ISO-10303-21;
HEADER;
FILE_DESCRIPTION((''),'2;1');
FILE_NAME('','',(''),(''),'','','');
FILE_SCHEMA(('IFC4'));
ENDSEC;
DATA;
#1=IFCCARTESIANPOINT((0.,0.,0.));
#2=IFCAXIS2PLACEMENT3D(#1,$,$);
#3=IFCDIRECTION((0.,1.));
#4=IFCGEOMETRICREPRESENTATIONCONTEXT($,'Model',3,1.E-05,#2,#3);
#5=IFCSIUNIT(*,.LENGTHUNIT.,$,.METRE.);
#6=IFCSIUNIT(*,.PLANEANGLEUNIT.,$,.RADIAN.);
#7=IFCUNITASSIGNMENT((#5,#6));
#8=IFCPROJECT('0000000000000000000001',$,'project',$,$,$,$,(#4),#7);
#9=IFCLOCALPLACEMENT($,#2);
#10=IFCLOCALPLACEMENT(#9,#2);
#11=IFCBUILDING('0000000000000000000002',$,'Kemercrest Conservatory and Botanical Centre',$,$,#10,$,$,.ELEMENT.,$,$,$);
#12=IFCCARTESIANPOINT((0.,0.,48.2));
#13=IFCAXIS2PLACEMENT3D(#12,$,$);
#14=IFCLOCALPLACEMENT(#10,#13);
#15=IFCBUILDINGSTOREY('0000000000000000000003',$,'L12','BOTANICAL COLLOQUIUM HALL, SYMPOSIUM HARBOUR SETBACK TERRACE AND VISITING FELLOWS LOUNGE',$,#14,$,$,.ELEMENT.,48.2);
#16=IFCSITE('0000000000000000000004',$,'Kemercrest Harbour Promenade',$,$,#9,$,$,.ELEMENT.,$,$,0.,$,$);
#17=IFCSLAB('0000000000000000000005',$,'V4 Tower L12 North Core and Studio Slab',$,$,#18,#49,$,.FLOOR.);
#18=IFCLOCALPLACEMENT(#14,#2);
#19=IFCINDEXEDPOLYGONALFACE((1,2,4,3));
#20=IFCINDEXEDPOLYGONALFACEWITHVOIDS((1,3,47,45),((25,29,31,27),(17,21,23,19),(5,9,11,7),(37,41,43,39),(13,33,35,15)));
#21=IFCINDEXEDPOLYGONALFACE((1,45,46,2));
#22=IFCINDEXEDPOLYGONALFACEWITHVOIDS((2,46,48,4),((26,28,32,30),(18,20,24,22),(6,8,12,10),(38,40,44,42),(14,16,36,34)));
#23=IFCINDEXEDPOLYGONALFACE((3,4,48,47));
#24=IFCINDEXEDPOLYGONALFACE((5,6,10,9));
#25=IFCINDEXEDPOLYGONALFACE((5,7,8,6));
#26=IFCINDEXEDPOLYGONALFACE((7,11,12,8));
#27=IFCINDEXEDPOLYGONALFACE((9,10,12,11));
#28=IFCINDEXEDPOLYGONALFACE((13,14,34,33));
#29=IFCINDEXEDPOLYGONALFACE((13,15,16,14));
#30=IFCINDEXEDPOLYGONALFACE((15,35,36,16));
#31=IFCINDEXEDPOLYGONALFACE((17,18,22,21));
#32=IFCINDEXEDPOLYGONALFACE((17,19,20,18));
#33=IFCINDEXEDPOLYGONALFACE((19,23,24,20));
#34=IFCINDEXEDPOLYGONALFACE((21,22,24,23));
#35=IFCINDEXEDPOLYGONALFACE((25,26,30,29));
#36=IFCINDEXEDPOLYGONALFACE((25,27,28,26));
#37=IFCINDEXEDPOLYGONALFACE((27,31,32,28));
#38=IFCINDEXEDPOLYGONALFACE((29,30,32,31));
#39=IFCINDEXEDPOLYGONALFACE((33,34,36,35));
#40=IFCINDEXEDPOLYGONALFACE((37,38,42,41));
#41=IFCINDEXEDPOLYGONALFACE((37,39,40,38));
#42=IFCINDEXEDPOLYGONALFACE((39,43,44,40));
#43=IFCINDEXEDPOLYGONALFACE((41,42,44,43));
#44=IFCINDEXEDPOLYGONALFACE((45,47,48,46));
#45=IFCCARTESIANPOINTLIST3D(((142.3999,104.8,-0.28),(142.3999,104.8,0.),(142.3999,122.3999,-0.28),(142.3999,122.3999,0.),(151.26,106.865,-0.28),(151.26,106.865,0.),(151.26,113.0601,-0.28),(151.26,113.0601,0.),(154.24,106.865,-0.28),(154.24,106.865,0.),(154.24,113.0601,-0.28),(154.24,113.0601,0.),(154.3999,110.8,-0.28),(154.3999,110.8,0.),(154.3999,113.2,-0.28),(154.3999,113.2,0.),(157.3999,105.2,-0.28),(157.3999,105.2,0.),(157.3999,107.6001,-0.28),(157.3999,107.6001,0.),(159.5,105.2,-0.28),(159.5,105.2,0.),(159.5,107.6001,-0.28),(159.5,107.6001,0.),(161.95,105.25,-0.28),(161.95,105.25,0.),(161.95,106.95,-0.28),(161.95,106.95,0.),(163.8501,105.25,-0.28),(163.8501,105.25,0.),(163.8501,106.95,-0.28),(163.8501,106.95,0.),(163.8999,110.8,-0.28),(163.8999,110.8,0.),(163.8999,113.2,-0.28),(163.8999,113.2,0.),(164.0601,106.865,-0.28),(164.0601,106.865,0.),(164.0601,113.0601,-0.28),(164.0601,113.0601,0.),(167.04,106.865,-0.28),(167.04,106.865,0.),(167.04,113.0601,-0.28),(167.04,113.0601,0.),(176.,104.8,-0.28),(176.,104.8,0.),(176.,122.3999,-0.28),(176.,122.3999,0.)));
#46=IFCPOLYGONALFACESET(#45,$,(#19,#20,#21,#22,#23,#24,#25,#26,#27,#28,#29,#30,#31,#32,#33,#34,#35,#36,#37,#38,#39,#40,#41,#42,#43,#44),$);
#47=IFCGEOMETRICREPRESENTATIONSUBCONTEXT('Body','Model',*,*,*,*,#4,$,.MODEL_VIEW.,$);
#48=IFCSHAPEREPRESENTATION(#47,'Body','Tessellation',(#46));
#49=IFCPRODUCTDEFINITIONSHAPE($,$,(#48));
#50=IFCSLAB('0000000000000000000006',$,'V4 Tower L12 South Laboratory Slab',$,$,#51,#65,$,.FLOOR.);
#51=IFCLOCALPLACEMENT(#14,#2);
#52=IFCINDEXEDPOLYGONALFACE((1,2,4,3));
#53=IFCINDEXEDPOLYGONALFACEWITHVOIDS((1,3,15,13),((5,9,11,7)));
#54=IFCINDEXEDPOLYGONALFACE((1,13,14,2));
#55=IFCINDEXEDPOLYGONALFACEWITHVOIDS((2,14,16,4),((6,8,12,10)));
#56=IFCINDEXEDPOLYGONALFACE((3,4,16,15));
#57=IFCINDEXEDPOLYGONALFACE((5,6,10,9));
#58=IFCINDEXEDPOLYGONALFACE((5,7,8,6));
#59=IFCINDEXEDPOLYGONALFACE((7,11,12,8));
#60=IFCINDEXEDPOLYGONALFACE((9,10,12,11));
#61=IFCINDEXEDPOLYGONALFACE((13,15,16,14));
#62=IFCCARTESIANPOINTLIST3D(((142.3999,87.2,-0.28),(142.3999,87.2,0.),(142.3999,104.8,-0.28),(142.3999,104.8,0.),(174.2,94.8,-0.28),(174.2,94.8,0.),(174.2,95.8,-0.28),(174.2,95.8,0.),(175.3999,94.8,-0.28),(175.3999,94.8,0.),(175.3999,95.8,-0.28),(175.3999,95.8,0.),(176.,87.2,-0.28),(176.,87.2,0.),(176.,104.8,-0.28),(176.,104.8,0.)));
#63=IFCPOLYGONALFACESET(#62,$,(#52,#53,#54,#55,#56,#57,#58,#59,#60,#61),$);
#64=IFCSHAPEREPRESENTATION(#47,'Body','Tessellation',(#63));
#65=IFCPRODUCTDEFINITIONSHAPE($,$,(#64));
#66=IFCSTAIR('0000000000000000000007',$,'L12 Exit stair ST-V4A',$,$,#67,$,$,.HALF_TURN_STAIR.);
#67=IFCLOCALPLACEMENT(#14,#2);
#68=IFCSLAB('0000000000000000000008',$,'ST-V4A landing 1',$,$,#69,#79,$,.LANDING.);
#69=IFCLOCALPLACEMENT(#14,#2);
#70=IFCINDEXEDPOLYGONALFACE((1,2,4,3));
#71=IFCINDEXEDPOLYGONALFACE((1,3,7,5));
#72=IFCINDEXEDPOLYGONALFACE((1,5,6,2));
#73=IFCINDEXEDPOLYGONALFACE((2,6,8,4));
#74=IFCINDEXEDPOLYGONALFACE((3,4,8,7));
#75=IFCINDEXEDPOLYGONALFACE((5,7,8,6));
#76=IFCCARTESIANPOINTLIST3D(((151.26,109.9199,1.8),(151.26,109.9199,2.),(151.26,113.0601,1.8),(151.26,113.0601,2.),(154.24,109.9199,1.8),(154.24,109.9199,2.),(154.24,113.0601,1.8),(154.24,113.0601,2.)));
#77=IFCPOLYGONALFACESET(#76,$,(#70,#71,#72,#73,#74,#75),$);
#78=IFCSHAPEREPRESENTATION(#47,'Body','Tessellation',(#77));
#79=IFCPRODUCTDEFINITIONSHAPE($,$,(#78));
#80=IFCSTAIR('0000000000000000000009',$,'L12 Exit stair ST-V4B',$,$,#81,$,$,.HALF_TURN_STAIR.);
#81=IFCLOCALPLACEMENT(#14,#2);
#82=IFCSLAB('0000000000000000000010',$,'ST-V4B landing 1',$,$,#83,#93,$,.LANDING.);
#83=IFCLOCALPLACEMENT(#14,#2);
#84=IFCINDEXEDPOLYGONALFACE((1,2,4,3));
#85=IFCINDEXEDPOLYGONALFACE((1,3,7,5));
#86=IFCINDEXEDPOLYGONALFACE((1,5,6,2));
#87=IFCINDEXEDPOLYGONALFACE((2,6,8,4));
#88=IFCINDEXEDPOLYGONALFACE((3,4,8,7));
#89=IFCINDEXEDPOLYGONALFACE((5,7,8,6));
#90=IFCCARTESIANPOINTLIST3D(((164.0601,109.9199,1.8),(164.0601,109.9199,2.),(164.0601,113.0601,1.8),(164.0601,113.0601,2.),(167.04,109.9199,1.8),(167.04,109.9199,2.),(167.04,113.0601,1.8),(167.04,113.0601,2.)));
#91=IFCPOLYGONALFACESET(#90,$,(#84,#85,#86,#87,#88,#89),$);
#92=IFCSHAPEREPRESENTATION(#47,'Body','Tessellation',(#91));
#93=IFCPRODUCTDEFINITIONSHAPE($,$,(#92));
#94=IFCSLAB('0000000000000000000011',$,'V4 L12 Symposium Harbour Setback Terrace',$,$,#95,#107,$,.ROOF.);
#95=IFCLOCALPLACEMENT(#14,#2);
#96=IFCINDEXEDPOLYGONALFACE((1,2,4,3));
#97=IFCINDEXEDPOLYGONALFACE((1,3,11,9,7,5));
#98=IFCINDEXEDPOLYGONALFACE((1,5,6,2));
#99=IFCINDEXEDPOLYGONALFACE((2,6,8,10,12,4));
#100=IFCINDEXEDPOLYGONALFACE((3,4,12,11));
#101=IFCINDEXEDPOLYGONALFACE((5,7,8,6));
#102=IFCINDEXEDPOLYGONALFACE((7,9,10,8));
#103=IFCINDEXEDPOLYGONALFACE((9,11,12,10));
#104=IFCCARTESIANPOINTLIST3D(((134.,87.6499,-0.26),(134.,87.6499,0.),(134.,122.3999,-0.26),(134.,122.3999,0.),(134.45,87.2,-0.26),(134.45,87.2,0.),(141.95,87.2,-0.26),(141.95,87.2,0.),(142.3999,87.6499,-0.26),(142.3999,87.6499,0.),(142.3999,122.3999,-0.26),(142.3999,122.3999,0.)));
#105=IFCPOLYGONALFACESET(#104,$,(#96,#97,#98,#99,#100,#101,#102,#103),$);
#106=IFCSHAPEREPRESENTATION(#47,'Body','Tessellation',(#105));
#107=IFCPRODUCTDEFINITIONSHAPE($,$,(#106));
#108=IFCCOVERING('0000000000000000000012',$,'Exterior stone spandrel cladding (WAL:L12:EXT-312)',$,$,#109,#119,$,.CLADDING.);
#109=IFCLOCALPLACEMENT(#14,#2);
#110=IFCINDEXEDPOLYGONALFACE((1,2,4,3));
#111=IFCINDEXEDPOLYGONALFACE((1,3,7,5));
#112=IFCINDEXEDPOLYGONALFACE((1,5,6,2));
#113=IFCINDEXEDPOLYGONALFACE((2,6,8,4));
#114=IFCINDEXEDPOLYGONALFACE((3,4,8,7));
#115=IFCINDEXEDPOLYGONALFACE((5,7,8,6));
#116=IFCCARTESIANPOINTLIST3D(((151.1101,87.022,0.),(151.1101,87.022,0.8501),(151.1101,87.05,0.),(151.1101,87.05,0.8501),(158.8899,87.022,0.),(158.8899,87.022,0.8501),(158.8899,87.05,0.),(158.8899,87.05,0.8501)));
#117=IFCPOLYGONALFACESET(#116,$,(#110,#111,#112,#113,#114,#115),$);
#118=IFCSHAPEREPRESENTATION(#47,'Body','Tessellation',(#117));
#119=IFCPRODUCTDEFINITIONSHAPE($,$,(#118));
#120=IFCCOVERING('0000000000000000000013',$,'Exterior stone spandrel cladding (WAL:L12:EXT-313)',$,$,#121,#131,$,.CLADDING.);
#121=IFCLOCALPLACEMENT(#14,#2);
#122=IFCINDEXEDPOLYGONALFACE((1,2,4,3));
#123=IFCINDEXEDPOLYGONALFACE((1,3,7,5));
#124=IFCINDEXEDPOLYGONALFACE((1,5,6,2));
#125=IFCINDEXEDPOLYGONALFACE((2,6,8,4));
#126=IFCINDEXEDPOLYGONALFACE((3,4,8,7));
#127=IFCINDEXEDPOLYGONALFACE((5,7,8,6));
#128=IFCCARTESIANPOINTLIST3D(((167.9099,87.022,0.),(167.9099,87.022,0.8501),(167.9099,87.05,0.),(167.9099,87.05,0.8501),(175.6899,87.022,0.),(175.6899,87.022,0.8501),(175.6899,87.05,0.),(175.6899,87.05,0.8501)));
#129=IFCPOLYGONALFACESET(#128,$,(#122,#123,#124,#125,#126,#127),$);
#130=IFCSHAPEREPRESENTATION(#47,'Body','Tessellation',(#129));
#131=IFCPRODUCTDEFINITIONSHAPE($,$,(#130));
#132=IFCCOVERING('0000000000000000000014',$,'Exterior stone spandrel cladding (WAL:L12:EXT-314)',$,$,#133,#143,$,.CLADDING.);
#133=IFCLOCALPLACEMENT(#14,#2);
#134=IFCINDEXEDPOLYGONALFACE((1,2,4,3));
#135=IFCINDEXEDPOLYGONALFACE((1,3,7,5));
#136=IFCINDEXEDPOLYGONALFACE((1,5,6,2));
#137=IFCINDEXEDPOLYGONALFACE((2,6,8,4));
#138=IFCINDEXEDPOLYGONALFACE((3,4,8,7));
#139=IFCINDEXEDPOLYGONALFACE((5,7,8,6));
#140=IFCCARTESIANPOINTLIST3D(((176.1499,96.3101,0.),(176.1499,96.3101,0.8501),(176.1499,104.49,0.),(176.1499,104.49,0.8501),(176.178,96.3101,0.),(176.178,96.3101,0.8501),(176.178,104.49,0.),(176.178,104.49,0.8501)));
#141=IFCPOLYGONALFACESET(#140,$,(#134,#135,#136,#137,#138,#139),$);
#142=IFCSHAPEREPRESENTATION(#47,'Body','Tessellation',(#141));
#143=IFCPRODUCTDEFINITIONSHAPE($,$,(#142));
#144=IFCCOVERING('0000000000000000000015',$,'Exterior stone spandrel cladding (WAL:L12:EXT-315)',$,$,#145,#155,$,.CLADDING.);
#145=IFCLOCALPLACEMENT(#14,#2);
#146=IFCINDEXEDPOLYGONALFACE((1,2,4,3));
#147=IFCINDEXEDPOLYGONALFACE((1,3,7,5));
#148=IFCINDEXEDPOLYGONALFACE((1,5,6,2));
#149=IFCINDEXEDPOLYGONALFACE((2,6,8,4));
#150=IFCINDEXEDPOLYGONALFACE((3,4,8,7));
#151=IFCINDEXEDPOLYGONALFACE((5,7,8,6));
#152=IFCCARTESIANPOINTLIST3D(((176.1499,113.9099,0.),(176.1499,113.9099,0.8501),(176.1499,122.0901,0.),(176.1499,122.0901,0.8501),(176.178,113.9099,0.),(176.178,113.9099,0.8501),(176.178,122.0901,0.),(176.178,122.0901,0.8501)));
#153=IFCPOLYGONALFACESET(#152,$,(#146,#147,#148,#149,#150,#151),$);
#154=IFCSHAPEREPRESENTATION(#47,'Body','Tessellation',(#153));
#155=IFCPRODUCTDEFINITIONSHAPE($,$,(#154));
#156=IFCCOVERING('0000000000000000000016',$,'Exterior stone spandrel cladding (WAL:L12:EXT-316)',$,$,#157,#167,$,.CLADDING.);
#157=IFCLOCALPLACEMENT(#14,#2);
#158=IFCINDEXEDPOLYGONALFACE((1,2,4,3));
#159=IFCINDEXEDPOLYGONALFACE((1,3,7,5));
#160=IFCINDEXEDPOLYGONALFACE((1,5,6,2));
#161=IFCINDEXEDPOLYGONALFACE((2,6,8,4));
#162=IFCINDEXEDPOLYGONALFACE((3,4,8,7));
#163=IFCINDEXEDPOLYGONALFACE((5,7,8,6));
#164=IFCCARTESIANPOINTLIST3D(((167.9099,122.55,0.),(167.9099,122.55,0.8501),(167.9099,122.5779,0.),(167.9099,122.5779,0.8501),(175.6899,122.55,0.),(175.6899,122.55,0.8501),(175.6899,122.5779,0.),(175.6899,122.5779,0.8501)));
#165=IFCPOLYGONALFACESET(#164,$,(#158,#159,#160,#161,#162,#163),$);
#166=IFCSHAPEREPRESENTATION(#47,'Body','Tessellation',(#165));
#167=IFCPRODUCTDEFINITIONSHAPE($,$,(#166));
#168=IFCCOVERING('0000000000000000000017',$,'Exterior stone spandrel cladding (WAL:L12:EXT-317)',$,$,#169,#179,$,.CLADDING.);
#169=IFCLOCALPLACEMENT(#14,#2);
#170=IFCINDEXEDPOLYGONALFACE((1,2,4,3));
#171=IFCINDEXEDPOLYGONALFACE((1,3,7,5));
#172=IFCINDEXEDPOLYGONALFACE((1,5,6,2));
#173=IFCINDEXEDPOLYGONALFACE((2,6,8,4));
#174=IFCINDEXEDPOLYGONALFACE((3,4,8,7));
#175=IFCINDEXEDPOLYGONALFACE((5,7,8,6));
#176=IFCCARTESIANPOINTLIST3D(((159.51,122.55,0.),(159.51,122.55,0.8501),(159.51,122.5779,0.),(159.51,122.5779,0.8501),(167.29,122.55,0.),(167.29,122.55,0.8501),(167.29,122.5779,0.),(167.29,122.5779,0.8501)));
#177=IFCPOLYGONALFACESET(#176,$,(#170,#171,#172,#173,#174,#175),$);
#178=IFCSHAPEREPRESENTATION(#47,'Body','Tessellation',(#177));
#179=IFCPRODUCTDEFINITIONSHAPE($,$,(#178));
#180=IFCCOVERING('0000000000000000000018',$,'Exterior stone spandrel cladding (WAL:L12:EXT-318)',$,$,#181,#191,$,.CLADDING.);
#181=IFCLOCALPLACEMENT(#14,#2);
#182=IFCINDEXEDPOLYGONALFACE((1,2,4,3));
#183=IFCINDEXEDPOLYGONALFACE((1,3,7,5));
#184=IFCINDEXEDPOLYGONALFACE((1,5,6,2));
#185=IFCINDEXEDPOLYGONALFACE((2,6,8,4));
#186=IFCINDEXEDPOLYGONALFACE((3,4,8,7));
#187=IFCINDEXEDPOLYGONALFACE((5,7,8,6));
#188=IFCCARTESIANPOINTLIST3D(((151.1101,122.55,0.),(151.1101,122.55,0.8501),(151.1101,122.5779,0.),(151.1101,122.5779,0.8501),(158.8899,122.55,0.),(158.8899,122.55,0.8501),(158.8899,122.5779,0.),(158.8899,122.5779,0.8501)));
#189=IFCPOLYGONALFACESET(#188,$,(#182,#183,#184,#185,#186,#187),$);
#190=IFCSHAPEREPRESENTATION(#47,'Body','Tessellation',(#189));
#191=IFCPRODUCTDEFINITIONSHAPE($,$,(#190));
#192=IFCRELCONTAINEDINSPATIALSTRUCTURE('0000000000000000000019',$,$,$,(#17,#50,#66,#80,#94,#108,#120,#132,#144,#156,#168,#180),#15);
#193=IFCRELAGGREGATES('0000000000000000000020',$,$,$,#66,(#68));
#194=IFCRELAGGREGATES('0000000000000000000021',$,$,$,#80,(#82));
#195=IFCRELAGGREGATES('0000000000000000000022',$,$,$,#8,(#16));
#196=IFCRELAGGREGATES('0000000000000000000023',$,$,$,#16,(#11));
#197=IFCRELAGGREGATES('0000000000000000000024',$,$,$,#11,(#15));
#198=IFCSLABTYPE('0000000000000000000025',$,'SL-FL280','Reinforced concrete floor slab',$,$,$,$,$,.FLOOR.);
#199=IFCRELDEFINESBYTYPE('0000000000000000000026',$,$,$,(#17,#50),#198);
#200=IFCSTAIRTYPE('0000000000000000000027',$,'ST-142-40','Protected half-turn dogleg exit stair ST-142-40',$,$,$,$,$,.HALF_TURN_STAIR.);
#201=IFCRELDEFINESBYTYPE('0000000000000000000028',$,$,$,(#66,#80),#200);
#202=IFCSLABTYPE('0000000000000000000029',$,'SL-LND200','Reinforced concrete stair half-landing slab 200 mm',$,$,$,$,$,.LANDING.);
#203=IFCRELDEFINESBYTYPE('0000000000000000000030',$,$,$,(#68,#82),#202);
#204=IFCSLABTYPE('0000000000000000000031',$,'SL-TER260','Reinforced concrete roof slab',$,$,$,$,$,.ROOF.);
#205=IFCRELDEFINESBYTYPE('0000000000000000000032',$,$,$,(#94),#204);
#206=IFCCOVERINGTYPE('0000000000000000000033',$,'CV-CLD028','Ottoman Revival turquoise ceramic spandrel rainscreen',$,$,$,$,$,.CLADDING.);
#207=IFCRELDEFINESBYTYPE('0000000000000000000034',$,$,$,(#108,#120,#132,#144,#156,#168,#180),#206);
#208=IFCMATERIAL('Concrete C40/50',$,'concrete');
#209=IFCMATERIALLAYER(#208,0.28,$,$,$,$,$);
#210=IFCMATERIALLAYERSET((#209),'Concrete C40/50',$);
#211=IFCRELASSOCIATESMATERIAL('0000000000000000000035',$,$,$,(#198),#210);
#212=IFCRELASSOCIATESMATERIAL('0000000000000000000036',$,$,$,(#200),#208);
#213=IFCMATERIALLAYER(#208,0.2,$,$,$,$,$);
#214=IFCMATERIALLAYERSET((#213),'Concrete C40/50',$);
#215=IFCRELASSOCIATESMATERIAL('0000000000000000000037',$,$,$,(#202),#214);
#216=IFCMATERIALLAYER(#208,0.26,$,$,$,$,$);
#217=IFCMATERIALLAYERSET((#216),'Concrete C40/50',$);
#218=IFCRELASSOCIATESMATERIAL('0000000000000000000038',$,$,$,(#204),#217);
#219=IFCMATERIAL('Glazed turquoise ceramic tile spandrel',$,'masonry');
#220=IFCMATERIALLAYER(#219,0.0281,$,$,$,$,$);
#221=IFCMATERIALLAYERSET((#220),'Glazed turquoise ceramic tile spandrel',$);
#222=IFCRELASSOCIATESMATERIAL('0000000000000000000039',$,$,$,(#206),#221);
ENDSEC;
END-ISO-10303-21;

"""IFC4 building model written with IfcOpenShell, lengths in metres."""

from ifc_helpers import new_model, si_unit, direction, frame, origin, place, context, subcontext, project, spatial, polyline, outline, extrude, material, layer, layer_set, type_object, element, aggregate, save


model = new_model("IFC4")

# Units and contexts
model_context = context("Model", 3, precision=1e-05, world=origin(), true_north=direction((0.0, 1.0)))
body_context = subcontext(model_context, "Body", "Model", "MODEL_VIEW")
ifc_project = project(units=[si_unit("LENGTHUNIT", "METRE"), si_unit("PLANEANGLEUNIT", "RADIAN")], contexts=[model_context])

# Site, building, storey
site_placement = place(None, origin())
site = spatial("IfcSite", under=ifc_project, at=site_placement, Name="Kemercrest Harbour Promenade", CompositionType="ELEMENT", RefElevation=0.0)
building_placement = place(site_placement, origin())
building = spatial("IfcBuilding", under=site, at=building_placement, Name="Kemercrest Conservatory and Botanical Centre", CompositionType="ELEMENT")
storey_placement = place(building_placement, frame((0.0, 0.0, 48.2)))
storey = spatial("IfcBuildingStorey", under=building, at=storey_placement, Name="L12", Description="BOTANICAL COLLOQUIUM HALL, SYMPOSIUM HARBOUR SETBACK TERRACE AND VISITING FELLOWS LOUNGE", CompositionType="ELEMENT", Elevation=48.2)

# Slabs
ifc_material_1 = material(Name="Concrete C40/50", Category="concrete")
ifc_layer_1 = layer(ifc_material_1, 0.28)
ifc_layer_set_1 = layer_set([ifc_layer_1], Name="Concrete C40/50")
slab_type_1 = type_object("IfcSlabType", Name="SL-FL280", Description="Reinforced concrete floor slab", PredefinedType="FLOOR", material=ifc_layer_set_1)
slab_1_placement = place(storey_placement, frame((0.0, 0.0, -0.28)))
element("IfcSlab", 1, at=slab_1_placement, inside=storey, type_object=slab_type_1, Name="V4 Tower L12 North Core and Studio Slab", PredefinedType="FLOOR", context=body_context, shape_type="SweptSolid", body=[
    extrude(outline(polyline([(142.3999, 122.3999), (142.3999, 104.8), (176.0, 104.8), (176.0, 122.3999), (142.3999, 122.3999)]), holes=[polyline([(164.0601, 106.865), (164.0601, 113.0601), (167.04, 113.0601), (167.04, 106.865), (164.0601, 106.865)]), polyline([(154.3999, 110.8), (154.3999, 113.2), (163.8999, 113.2), (163.8999, 110.8), (154.3999, 110.8)]), polyline([(161.95, 105.25), (161.95, 106.95), (163.8501, 106.95), (163.8501, 105.25), (161.95, 105.25)]), polyline([(157.3999, 105.2), (157.3999, 107.6001), (159.5, 107.6001), (159.5, 105.2), (157.3999, 105.2)]), polyline([(154.24, 106.865), (151.26, 106.865), (151.26, 113.0601), (154.24, 113.0601), (154.24, 106.865)])]), origin(), (0.0, 0.0, 1.0), 0.28),
])
slab_2_placement = place(storey_placement, frame((0.0, 0.0, -0.28)))
element("IfcSlab", 2, at=slab_2_placement, inside=storey, type_object=slab_type_1, Name="V4 Tower L12 South Laboratory Slab", PredefinedType="FLOOR", context=body_context, shape_type="SweptSolid", body=[
    extrude(outline(polyline([(142.3999, 104.8), (142.3999, 87.2), (176.0, 87.2), (176.0, 104.8), (142.3999, 104.8)]), holes=[polyline([(175.3999, 94.8), (174.2, 94.8), (174.2, 95.8), (175.3999, 95.8), (175.3999, 94.8)])]), origin(), (0.0, 0.0, 1.0), 0.28),
])

# Stairs, slabs
stair_type = type_object("IfcStairType", Name="ST-142-40", Description="Protected half-turn dogleg exit stair ST-142-40", PredefinedType="HALF_TURN_STAIR", material=ifc_material_1)
stair_1_placement = place(storey_placement, origin())
stair_1 = element("IfcStair", 3, at=stair_1_placement, inside=storey, type_object=stair_type, Name="L12 Exit stair ST-V4A", PredefinedType="HALF_TURN_STAIR")
ifc_layer_2 = layer(ifc_material_1, 0.2)
ifc_layer_set_2 = layer_set([ifc_layer_2], Name="Concrete C40/50")
slab_type_2 = type_object("IfcSlabType", Name="SL-LND200", Description="Reinforced concrete stair half-landing slab 200 mm", PredefinedType="LANDING", material=ifc_layer_set_2)
slab_3_placement = place(storey_placement, frame((0.0, 0.0, 1.8)))
slab_3 = element("IfcSlab", 4, at=slab_3_placement, type_object=slab_type_2, Name="ST-V4A landing 1", PredefinedType="LANDING", context=body_context, shape_type="SweptSolid", body=[
    extrude(outline(polyline([(154.24, 109.9199), (154.24, 113.0601), (151.26, 113.0601), (151.26, 109.9199), (154.24, 109.9199)])), origin(), (0.0, 0.0, 1.0), 0.2),
])
aggregate(stair_1, [slab_3])
stair_2_placement = place(storey_placement, origin())
stair_2 = element("IfcStair", 5, at=stair_2_placement, inside=storey, type_object=stair_type, Name="L12 Exit stair ST-V4B", PredefinedType="HALF_TURN_STAIR")
slab_4_placement = place(storey_placement, frame((0.0, 0.0, 1.8)))
slab_4 = element("IfcSlab", 6, at=slab_4_placement, type_object=slab_type_2, Name="ST-V4B landing 1", PredefinedType="LANDING", context=body_context, shape_type="SweptSolid", body=[
    extrude(outline(polyline([(167.04, 109.9199), (167.04, 113.0601), (164.0601, 113.0601), (164.0601, 109.9199), (167.04, 109.9199)])), origin(), (0.0, 0.0, 1.0), 0.2),
])
aggregate(stair_2, [slab_4])

# Slab
ifc_layer_3 = layer(ifc_material_1, 0.26)
ifc_layer_set_3 = layer_set([ifc_layer_3], Name="Concrete C40/50")
slab_type_3 = type_object("IfcSlabType", Name="SL-TER260", Description="Reinforced concrete roof slab", PredefinedType="ROOF", material=ifc_layer_set_3)
slab_5_placement = place(storey_placement, frame((0.0, 0.0, -0.26)))
element("IfcSlab", 7, at=slab_5_placement, inside=storey, type_object=slab_type_3, Name="V4 L12 Symposium Harbour Setback Terrace", PredefinedType="ROOF", context=body_context, shape_type="SweptSolid", body=[
    extrude(outline(polyline([(134.45, 87.2), (141.95, 87.2), (142.3999, 87.6499), (142.3999, 122.3999), (134.0, 122.3999), (134.0, 87.6499), (134.45, 87.2)])), origin(), (0.0, 0.0, 1.0), 0.26),
])

# Coverings
ifc_material_2 = material(Name="Glazed turquoise ceramic tile spandrel", Category="masonry")
ifc_layer_4 = layer(ifc_material_2, 0.0281)
ifc_layer_set_4 = layer_set([ifc_layer_4], Name="Glazed turquoise ceramic tile spandrel")
covering_type_1 = type_object("IfcCoveringType", Name="CV-CLD028", Description="Ottoman Revival turquoise ceramic spandrel rainscreen", PredefinedType="CLADDING", material=ifc_layer_set_4)
covering_1_placement = place(storey_placement, origin())
element("IfcCovering", 8, at=covering_1_placement, inside=storey, type_object=covering_type_1, Name="Exterior stone spandrel cladding (WAL:L12:EXT-312)", PredefinedType="CLADDING", context=body_context, shape_type="SweptSolid", body=[
    extrude(outline(polyline([(151.1101, 87.05), (151.1101, 87.022), (158.8899, 87.022), (158.8899, 87.05), (151.1101, 87.05)])), origin(), (0.0, 0.0, 1.0), 0.8501),
])
covering_2_placement = place(storey_placement, origin())
element("IfcCovering", 9, at=covering_2_placement, inside=storey, type_object=covering_type_1, Name="Exterior stone spandrel cladding (WAL:L12:EXT-313)", PredefinedType="CLADDING", context=body_context, shape_type="SweptSolid", body=[
    extrude(outline(polyline([(167.9099, 87.05), (167.9099, 87.022), (175.6899, 87.022), (175.6899, 87.05), (167.9099, 87.05)])), origin(), (0.0, 0.0, 1.0), 0.8501),
])
covering_3_placement = place(storey_placement, origin())
element("IfcCovering", 10, at=covering_3_placement, inside=storey, type_object=covering_type_1, Name="Exterior stone spandrel cladding (WAL:L12:EXT-314)", PredefinedType="CLADDING", context=body_context, shape_type="SweptSolid", body=[
    extrude(outline(polyline([(176.1499, 96.3101), (176.178, 96.3101), (176.178, 104.49), (176.1499, 104.49), (176.1499, 96.3101)])), origin(), (0.0, 0.0, 1.0), 0.8501),
])
covering_4_placement = place(storey_placement, origin())
element("IfcCovering", 11, at=covering_4_placement, inside=storey, type_object=covering_type_1, Name="Exterior stone spandrel cladding (WAL:L12:EXT-315)", PredefinedType="CLADDING", context=body_context, shape_type="SweptSolid", body=[
    extrude(outline(polyline([(176.1499, 113.9099), (176.178, 113.9099), (176.178, 122.0901), (176.1499, 122.0901), (176.1499, 113.9099)])), origin(), (0.0, 0.0, 1.0), 0.8501),
])
covering_5_placement = place(storey_placement, origin())
element("IfcCovering", 12, at=covering_5_placement, inside=storey, type_object=covering_type_1, Name="Exterior stone spandrel cladding (WAL:L12:EXT-316)", PredefinedType="CLADDING", context=body_context, shape_type="SweptSolid", body=[
    extrude(outline(polyline([(175.6899, 122.55), (175.6899, 122.5779), (167.9099, 122.5779), (167.9099, 122.55), (175.6899, 122.55)])), origin(), (0.0, 0.0, 1.0), 0.8501),
])
covering_6_placement = place(storey_placement, origin())
element("IfcCovering", 13, at=covering_6_placement, inside=storey, type_object=covering_type_1, Name="Exterior stone spandrel cladding (WAL:L12:EXT-317)", PredefinedType="CLADDING", context=body_context, shape_type="SweptSolid", body=[
    extrude(outline(polyline([(167.29, 122.55), (167.29, 122.5779), (159.51, 122.5779), (159.51, 122.55), (167.29, 122.55)])), origin(), (0.0, 0.0, 1.0), 0.8501),
])
covering_7_placement = place(storey_placement, origin())
element("IfcCovering", 14, at=covering_7_placement, inside=storey, type_object=covering_type_1, Name="Exterior stone spandrel cladding (WAL:L12:EXT-318)", PredefinedType="CLADDING", context=body_context, shape_type="SweptSolid", body=[
    extrude(outline(polyline([(158.8899, 122.55), (158.8899, 122.5779), (151.1101, 122.5779), (151.1101, 122.55), (158.8899, 122.55)])), origin(), (0.0, 0.0, 1.0), 0.8501),
])

save(model, "model.ifc")
